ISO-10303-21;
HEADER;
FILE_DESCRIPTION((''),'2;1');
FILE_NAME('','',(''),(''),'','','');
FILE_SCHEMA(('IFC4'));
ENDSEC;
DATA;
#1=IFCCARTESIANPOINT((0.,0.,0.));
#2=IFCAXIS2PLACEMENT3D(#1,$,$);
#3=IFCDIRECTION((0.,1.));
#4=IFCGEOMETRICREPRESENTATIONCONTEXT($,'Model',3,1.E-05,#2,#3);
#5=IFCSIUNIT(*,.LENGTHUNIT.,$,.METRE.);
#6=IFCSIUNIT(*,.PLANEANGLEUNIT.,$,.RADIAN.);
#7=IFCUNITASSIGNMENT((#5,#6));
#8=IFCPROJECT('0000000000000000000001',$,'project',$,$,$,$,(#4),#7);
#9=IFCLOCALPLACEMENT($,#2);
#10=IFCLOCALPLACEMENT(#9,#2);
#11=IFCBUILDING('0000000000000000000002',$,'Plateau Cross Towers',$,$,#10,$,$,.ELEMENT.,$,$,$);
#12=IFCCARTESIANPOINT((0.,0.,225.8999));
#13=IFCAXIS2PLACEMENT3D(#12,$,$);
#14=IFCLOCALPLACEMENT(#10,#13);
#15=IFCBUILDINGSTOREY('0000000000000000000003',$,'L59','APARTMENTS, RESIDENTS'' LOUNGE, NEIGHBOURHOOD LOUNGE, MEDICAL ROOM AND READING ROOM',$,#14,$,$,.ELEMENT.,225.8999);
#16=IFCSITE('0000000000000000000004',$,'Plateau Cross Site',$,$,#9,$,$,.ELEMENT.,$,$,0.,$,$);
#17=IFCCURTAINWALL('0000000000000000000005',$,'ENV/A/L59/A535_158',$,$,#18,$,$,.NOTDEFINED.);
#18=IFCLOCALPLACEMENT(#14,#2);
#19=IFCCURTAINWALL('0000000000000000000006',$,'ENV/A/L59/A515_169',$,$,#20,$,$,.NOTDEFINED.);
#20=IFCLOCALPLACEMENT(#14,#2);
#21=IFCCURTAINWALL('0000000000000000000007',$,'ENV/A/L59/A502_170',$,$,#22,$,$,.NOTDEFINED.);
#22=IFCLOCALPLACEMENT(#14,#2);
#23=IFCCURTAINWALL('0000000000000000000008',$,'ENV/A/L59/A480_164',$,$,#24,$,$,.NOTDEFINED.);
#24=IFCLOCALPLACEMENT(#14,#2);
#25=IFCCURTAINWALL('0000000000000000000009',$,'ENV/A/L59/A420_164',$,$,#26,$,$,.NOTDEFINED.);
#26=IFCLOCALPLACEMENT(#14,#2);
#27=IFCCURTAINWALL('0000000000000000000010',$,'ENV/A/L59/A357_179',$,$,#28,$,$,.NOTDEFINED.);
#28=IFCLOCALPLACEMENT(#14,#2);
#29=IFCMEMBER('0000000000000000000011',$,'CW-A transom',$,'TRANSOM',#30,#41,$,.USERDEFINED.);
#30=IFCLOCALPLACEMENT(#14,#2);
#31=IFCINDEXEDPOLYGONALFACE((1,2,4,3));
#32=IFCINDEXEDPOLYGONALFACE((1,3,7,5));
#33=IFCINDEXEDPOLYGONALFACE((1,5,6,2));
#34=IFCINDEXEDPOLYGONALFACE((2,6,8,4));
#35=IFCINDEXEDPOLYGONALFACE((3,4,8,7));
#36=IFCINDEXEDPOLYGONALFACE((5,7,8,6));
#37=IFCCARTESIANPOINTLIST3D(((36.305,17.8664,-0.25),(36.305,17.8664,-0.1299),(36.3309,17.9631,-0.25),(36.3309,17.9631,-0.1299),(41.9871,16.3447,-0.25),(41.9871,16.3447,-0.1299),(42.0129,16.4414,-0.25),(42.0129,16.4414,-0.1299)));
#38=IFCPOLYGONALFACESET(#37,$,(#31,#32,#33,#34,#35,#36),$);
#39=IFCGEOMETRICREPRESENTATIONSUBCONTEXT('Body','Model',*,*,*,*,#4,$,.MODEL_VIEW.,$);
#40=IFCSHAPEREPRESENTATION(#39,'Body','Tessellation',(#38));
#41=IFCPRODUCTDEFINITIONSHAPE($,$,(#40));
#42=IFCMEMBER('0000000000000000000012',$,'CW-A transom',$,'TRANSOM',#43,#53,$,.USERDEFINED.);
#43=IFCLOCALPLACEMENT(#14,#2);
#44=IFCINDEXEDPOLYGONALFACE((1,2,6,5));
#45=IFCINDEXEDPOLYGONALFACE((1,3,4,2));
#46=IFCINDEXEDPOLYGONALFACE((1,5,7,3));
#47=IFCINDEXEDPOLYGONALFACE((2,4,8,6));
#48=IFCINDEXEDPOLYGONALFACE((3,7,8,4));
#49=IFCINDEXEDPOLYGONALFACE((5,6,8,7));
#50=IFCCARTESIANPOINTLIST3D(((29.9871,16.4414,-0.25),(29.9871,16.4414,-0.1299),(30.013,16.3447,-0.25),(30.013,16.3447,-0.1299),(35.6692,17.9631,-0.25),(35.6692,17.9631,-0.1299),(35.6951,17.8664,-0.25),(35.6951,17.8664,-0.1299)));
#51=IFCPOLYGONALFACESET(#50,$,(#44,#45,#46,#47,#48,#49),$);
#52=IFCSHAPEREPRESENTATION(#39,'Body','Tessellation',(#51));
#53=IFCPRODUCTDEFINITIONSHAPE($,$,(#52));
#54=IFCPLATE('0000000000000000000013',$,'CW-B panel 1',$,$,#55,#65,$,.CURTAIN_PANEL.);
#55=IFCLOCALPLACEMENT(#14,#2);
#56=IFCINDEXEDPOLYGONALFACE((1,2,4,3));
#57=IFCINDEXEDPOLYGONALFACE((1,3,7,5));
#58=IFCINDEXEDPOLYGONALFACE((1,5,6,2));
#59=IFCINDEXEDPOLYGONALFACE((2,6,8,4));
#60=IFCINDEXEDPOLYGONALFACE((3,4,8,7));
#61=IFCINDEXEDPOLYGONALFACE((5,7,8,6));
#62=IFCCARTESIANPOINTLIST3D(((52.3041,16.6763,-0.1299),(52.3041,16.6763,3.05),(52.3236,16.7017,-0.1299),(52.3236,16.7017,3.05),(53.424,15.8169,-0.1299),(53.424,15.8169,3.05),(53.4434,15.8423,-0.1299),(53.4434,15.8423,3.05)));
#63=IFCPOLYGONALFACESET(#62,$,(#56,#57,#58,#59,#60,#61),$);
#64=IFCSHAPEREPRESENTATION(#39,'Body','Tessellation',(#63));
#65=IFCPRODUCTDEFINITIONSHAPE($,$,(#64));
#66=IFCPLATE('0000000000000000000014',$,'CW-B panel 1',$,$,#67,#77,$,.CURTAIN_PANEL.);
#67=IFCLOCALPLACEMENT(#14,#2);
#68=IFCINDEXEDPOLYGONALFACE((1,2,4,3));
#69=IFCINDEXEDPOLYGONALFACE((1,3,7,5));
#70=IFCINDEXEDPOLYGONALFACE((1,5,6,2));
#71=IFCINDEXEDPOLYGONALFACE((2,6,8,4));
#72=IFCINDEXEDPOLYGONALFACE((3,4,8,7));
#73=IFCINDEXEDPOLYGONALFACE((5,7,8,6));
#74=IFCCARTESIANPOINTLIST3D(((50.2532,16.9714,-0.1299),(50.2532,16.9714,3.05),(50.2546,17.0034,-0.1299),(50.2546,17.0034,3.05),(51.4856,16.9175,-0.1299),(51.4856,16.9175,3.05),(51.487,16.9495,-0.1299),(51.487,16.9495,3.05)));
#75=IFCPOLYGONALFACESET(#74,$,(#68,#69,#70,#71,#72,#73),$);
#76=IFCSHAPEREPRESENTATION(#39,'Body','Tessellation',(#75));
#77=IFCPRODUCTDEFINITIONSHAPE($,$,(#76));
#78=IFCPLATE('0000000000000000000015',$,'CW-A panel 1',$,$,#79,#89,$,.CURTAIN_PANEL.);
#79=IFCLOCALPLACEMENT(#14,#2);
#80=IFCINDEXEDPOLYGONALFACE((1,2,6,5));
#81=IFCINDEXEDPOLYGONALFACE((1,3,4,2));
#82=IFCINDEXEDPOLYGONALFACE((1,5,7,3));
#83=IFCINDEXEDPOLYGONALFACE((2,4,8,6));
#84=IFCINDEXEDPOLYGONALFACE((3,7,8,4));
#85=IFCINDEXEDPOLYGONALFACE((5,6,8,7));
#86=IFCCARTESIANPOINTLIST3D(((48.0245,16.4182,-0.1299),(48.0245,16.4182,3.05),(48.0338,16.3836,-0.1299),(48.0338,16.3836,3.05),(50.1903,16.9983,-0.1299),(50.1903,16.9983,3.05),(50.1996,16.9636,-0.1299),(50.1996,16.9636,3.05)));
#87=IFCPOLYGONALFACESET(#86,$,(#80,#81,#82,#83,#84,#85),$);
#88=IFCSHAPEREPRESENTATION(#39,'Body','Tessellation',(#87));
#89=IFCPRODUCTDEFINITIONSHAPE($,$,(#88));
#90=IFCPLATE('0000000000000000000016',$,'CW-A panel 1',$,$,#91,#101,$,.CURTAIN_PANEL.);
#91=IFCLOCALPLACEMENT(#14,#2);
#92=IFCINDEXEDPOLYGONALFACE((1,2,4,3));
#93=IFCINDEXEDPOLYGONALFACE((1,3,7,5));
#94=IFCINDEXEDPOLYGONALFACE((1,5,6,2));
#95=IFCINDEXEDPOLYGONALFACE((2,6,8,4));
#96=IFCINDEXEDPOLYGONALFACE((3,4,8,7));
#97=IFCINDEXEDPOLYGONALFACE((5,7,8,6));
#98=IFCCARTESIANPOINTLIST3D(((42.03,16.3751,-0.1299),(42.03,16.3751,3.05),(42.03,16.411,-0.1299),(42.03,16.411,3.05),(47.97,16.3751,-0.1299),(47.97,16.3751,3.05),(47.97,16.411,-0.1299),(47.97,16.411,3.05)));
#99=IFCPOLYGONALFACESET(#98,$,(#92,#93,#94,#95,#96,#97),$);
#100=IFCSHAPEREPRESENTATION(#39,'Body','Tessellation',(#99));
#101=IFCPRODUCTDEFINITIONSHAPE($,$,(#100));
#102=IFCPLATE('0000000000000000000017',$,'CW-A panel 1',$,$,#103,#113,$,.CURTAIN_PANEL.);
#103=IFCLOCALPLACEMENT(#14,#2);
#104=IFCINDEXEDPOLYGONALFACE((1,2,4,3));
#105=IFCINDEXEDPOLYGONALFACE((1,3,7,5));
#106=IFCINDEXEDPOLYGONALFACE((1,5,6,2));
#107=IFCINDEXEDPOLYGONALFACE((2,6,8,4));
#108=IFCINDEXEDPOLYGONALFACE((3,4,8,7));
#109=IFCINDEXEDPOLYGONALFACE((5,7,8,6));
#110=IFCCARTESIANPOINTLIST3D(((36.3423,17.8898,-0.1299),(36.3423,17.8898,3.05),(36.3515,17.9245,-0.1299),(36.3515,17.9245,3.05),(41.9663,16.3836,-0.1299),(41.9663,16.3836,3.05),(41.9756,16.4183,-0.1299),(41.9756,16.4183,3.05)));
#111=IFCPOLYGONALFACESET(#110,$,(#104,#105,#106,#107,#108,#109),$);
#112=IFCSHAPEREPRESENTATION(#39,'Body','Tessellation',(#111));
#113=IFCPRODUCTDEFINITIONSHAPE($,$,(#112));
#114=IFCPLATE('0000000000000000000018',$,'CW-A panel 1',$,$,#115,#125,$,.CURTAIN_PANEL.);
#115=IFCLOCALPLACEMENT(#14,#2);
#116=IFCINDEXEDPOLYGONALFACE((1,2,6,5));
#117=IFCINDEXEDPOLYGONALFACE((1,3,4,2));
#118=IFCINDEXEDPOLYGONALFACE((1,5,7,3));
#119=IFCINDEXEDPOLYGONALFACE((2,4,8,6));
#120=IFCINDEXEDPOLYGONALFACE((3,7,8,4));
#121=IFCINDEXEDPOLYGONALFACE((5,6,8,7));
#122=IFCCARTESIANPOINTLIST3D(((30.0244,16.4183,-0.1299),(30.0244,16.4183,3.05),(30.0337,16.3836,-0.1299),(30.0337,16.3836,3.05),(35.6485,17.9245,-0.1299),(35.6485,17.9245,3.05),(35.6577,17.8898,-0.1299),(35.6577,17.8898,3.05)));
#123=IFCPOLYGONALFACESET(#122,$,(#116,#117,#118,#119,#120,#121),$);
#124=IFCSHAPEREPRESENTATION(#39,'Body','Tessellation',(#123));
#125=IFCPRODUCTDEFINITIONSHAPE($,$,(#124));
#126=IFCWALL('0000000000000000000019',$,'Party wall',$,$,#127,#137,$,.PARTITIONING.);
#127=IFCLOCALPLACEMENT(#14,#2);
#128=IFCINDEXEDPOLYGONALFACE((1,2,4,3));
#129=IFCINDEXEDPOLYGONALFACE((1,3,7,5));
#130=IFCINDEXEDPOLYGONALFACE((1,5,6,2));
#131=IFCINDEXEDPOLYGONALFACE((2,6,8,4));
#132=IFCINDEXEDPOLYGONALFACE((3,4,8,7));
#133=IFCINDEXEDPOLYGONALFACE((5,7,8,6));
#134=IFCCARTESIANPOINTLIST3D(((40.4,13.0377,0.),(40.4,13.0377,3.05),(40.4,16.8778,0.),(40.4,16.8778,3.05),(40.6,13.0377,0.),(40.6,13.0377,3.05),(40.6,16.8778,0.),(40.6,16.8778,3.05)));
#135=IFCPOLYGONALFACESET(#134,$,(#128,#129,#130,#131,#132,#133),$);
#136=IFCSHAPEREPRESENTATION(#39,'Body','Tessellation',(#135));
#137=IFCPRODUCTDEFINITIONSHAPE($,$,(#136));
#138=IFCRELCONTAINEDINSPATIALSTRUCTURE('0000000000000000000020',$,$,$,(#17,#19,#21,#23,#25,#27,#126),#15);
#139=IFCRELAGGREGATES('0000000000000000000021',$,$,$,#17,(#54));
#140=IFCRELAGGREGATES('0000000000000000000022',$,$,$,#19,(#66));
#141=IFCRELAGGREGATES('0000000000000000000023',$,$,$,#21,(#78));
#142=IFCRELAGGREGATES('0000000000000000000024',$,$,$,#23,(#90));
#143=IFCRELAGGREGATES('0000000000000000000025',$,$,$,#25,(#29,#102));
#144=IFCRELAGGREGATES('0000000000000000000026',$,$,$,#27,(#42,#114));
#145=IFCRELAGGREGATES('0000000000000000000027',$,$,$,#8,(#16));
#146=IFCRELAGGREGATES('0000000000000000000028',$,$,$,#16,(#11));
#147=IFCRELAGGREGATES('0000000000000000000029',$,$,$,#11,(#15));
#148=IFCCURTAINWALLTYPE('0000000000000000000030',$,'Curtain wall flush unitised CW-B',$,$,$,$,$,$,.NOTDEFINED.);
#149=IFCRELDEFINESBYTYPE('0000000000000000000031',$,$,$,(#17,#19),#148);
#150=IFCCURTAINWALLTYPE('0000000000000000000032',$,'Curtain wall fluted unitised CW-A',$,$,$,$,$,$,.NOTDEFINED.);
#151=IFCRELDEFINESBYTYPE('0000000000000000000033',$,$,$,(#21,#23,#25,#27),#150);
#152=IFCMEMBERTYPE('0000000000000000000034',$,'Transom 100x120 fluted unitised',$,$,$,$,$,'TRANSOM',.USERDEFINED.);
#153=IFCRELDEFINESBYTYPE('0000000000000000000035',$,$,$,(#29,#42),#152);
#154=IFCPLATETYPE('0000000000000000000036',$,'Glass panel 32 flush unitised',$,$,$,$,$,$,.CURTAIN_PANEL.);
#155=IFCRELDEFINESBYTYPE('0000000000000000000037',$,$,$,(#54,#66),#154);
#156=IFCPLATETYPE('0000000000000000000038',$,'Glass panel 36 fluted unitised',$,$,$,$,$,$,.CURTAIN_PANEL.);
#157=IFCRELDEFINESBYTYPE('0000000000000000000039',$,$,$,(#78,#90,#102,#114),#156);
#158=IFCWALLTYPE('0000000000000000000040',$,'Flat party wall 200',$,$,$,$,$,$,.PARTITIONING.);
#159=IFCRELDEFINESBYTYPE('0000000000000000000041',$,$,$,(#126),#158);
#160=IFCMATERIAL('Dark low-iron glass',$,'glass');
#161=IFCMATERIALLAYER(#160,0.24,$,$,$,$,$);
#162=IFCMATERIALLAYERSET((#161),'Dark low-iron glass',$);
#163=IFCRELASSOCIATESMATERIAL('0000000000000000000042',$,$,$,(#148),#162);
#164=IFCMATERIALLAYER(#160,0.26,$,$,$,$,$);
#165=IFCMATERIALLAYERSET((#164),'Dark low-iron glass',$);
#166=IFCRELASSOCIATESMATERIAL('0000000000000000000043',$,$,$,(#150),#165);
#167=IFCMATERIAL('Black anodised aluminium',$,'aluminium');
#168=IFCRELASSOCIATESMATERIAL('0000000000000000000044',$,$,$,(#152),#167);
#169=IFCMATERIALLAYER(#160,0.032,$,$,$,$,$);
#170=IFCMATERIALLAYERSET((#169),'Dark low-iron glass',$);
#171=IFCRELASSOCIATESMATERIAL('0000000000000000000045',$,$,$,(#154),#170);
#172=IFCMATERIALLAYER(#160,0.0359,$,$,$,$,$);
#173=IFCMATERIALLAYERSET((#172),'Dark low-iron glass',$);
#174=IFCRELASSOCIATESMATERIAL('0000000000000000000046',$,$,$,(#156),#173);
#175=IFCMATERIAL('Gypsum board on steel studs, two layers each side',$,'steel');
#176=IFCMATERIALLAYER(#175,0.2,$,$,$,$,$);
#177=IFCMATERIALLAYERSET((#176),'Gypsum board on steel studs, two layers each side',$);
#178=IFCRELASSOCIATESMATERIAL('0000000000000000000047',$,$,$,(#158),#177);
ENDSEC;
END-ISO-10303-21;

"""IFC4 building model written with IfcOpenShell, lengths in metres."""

from ifc_helpers import new_model, si_unit, direction, frame, frame_2d, origin, origin_2d, place, context, subcontext, project, spatial, rectangle, extrude, material, layer, layer_set, material_profile, profile_set, type_object, element, aggregate, save


model = new_model("IFC4")

# Units and contexts
model_context = context("Model", 3, precision=1e-05, world=origin(), true_north=direction((0.0, 1.0)))
body_context = subcontext(model_context, "Body", "Model", "MODEL_VIEW")
ifc_project = project(units=[si_unit("LENGTHUNIT", "METRE"), si_unit("PLANEANGLEUNIT", "RADIAN")], contexts=[model_context])

# Site, building, storey
site_placement = place(None, origin())
site = spatial("IfcSite", under=ifc_project, at=site_placement, Name="Plateau Cross Site", CompositionType="ELEMENT", RefElevation=0.0)
building_placement = place(site_placement, origin())
building = spatial("IfcBuilding", under=site, at=building_placement, Name="Plateau Cross Towers", CompositionType="ELEMENT")
storey_placement = place(building_placement, frame((0.0, 0.0, 225.8999)))
storey = spatial("IfcBuildingStorey", under=building, at=storey_placement, Name="L59", Description="APARTMENTS, RESIDENTS' LOUNGE, NEIGHBOURHOOD LOUNGE, MEDICAL ROOM AND READING ROOM", CompositionType="ELEMENT", Elevation=225.8999)

# Curtain wall
ifc_material_1 = material(Name="Dark low-iron glass", Category="glass")
ifc_layer_1 = layer(ifc_material_1, 0.24)
ifc_layer_set_1 = layer_set([ifc_layer_1], Name="Dark low-iron glass")
curtain_wall_type_1 = type_object("IfcCurtainWallType", Name="Curtain wall flush unitised CW-B", PredefinedType="NOTDEFINED", material=ifc_layer_set_1)
curtain_wall_1_placement = place(storey_placement, origin())
curtain_wall_1 = element("IfcCurtainWall", 1, at=curtain_wall_1_placement, inside=storey, type_object=curtain_wall_type_1, Name="ENV/A/L59/A535_158", PredefinedType="NOTDEFINED")
ifc_material_2 = material(Name="Black anodised aluminium", Category="aluminium")

# Curtain walls
curtain_wall_2_placement = place(storey_placement, origin())
curtain_wall_2 = element("IfcCurtainWall", 2, at=curtain_wall_2_placement, inside=storey, type_object=curtain_wall_type_1, Name="ENV/A/L59/A515_169", PredefinedType="NOTDEFINED")
ifc_layer_2 = layer(ifc_material_1, 0.26)
ifc_layer_set_2 = layer_set([ifc_layer_2], Name="Dark low-iron glass")
curtain_wall_type_2 = type_object("IfcCurtainWallType", Name="Curtain wall fluted unitised CW-A", PredefinedType="NOTDEFINED", material=ifc_layer_set_2)
curtain_wall_3_placement = place(storey_placement, origin())
curtain_wall_3 = element("IfcCurtainWall", 3, at=curtain_wall_3_placement, inside=storey, type_object=curtain_wall_type_2, Name="ENV/A/L59/A502_170", PredefinedType="NOTDEFINED")
curtain_wall_4_placement = place(storey_placement, origin())
curtain_wall_4 = element("IfcCurtainWall", 4, at=curtain_wall_4_placement, inside=storey, type_object=curtain_wall_type_2, Name="ENV/A/L59/A480_164", PredefinedType="NOTDEFINED")

# Curtain wall
curtain_wall_5_placement = place(storey_placement, origin())
curtain_wall_5 = element("IfcCurtainWall", 5, at=curtain_wall_5_placement, inside=storey, type_object=curtain_wall_type_2, Name="ENV/A/L59/A420_164", PredefinedType="NOTDEFINED")

# Curtain wall
curtain_wall_6_placement = place(storey_placement, origin())
curtain_wall_6 = element("IfcCurtainWall", 6, at=curtain_wall_6_placement, inside=storey, type_object=curtain_wall_type_2, Name="ENV/A/L59/A357_179", PredefinedType="NOTDEFINED")

# Members
ifc_material_profile_1 = material_profile(ifc_material_2, rectangle(XDim=0.1001, YDim=0.1201, at=origin_2d()), Name="TRANSOM 100x120")
ifc_profile_set_1 = profile_set([ifc_material_profile_1], Name="Black anodised aluminium")
member_type_1 = type_object("IfcMemberType", Name="Transom 100x120 fluted unitised", ElementType="TRANSOM", PredefinedType="USERDEFINED", material=ifc_profile_set_1)
member_1_placement = place(storey_placement, frame((42.0, 16.3931, -0.1899), z_axis=(-0.96596, 0.258693, 0.0), x_axis=(-0.258693, -0.96596, 0.0)))
member_1 = element("IfcMember", 7, at=member_1_placement, type_object=member_type_1, Name="CW-A transom", ObjectType="TRANSOM", PredefinedType="USERDEFINED", context=body_context, shape_type="SweptSolid", body=[
    extrude(rectangle(XDim=0.1001, YDim=0.1201, at=origin_2d()), origin(), (0.0, 0.0, 1.0), 5.8823),
])
member_2_placement = place(storey_placement, frame((35.6821, 17.9148, -0.1899), z_axis=(-0.96596, -0.258693, 0.0), x_axis=(0.258693, -0.96596, 0.0)))
member_2 = element("IfcMember", 8, at=member_2_placement, type_object=member_type_1, Name="CW-A transom", ObjectType="TRANSOM", PredefinedType="USERDEFINED", context=body_context, shape_type="SweptSolid", body=[
    extrude(rectangle(XDim=0.1001, YDim=0.1201, at=origin_2d()), origin(), (0.0, 0.0, 1.0), 5.8823),
])

# Plates
ifc_layer_3 = layer(ifc_material_1, 0.032)
ifc_layer_set_3 = layer_set([ifc_layer_3], Name="Dark low-iron glass")
plate_type_1 = type_object("IfcPlateType", Name="Glass panel 32 flush unitised", PredefinedType="CURTAIN_PANEL", material=ifc_layer_set_3)
plate_1_placement = place(storey_placement, frame((52.8738, 16.2593, -0.1299), z_axis=(0.0, 0.0, 1.0), x_axis=(-0.793316, 0.608811, 0.0)))
plate_1 = element("IfcPlate", 9, at=plate_1_placement, type_object=plate_type_1, Name="CW-B panel 1", PredefinedType="CURTAIN_PANEL", context=body_context, shape_type="SweptSolid", body=[
    extrude(rectangle(XDim=1.4116, YDim=0.032, at=origin_2d()), origin(), (0.0, 0.0, 1.0), 3.1799),
])
aggregate(curtain_wall_1, [plate_1])
plate_2_placement = place(storey_placement, frame((50.8701, 16.9604, -0.1299), z_axis=(0.0, 0.0, 1.0), x_axis=(-0.999044, 0.043723, 0.0)))
plate_2 = element("IfcPlate", 10, at=plate_2_placement, type_object=plate_type_1, Name="CW-B panel 1", PredefinedType="CURTAIN_PANEL", context=body_context, shape_type="SweptSolid", body=[
    extrude(rectangle(XDim=1.2336, YDim=0.032, at=origin_2d()), origin(), (0.0, 0.0, 1.0), 3.1799),
])
aggregate(curtain_wall_2, [plate_2])
ifc_layer_4 = layer(ifc_material_1, 0.0359)
ifc_layer_set_4 = layer_set([ifc_layer_4], Name="Dark low-iron glass")
plate_type_2 = type_object("IfcPlateType", Name="Glass panel 36 fluted unitised", PredefinedType="CURTAIN_PANEL", material=ifc_layer_set_4)
plate_3_placement = place(storey_placement, frame((49.1121, 16.6909, -0.1299), z_axis=(0.0, 0.0, 1.0), x_axis=(-0.965958, -0.258699, 0.0)))
plate_3 = element("IfcPlate", 11, at=plate_3_placement, type_object=plate_type_2, Name="CW-A panel 1", PredefinedType="CURTAIN_PANEL", context=body_context, shape_type="SweptSolid", body=[
    extrude(rectangle(XDim=2.2422, YDim=0.0359, at=origin_2d()), origin(), (0.0, 0.0, 1.0), 3.1799),
])
aggregate(curtain_wall_3, [plate_3])
plate_4_placement = place(storey_placement, frame((45.0, 16.3931, -0.1299), z_axis=(0.0, 0.0, 1.0), x_axis=(-1.0, 0.0, 0.0)))
plate_4 = element("IfcPlate", 12, at=plate_4_placement, type_object=plate_type_2, Name="CW-A panel 1", PredefinedType="CURTAIN_PANEL", context=body_context, shape_type="SweptSolid", body=[
    extrude(rectangle(XDim=5.9399, YDim=0.0359, at=origin_2d()), origin(), (0.0, 0.0, 1.0), 3.1799),
])
aggregate(curtain_wall_4, [plate_4])
plate_5_placement = place(storey_placement, frame((39.1589, 17.1541, -0.1299), z_axis=(0.0, 0.0, 1.0), x_axis=(-0.965958, 0.258699, 0.0)))
plate_5 = element("IfcPlate", 13, at=plate_5_placement, type_object=plate_type_2, Name="CW-A panel 1", PredefinedType="CURTAIN_PANEL", context=body_context, shape_type="SweptSolid", body=[
    extrude(rectangle(XDim=5.8223, YDim=0.0359, at=origin_2d()), origin(), (0.0, 0.0, 1.0), 3.1799),
])
aggregate(curtain_wall_5, [member_1, plate_5])
plate_6_placement = place(storey_placement, frame((32.8411, 17.1541, -0.1299), z_axis=(0.0, 0.0, 1.0), x_axis=(-0.965958, -0.258699, 0.0)))
plate_6 = element("IfcPlate", 14, at=plate_6_placement, type_object=plate_type_2, Name="CW-A panel 1", PredefinedType="CURTAIN_PANEL", context=body_context, shape_type="SweptSolid", body=[
    extrude(rectangle(XDim=5.8223, YDim=0.0359, at=origin_2d()), origin(), (0.0, 0.0, 1.0), 3.1799),
])
aggregate(curtain_wall_6, [member_2, plate_6])

# Wall
ifc_material_3 = material(Name="Gypsum board on steel studs, two layers each side", Category="steel")
ifc_layer_5 = layer(ifc_material_3, 0.2)
ifc_layer_set_5 = layer_set([ifc_layer_5], Name="Gypsum board on steel studs, two layers each side")
wall_type = type_object("IfcWallType", Name="Flat party wall 200", PredefinedType="PARTITIONING", material=ifc_layer_set_5)
wall_placement = place(storey_placement, frame((40.5, 16.8777, 0.0), z_axis=(0.0, 0.0, 1.0), x_axis=(0.0, -1.0, 0.0)))
element("IfcWall", 15, at=wall_placement, inside=storey, type_object=wall_type, Name="Party wall", PredefinedType="PARTITIONING", context=body_context, shape_type="SweptSolid", body=[
    extrude(rectangle(XDim=3.8401, YDim=0.2, at=frame_2d((1.9199, 0.0))), origin(), (0.0, 0.0, 1.0), 3.05),
])

save(model, "model.ifc")
